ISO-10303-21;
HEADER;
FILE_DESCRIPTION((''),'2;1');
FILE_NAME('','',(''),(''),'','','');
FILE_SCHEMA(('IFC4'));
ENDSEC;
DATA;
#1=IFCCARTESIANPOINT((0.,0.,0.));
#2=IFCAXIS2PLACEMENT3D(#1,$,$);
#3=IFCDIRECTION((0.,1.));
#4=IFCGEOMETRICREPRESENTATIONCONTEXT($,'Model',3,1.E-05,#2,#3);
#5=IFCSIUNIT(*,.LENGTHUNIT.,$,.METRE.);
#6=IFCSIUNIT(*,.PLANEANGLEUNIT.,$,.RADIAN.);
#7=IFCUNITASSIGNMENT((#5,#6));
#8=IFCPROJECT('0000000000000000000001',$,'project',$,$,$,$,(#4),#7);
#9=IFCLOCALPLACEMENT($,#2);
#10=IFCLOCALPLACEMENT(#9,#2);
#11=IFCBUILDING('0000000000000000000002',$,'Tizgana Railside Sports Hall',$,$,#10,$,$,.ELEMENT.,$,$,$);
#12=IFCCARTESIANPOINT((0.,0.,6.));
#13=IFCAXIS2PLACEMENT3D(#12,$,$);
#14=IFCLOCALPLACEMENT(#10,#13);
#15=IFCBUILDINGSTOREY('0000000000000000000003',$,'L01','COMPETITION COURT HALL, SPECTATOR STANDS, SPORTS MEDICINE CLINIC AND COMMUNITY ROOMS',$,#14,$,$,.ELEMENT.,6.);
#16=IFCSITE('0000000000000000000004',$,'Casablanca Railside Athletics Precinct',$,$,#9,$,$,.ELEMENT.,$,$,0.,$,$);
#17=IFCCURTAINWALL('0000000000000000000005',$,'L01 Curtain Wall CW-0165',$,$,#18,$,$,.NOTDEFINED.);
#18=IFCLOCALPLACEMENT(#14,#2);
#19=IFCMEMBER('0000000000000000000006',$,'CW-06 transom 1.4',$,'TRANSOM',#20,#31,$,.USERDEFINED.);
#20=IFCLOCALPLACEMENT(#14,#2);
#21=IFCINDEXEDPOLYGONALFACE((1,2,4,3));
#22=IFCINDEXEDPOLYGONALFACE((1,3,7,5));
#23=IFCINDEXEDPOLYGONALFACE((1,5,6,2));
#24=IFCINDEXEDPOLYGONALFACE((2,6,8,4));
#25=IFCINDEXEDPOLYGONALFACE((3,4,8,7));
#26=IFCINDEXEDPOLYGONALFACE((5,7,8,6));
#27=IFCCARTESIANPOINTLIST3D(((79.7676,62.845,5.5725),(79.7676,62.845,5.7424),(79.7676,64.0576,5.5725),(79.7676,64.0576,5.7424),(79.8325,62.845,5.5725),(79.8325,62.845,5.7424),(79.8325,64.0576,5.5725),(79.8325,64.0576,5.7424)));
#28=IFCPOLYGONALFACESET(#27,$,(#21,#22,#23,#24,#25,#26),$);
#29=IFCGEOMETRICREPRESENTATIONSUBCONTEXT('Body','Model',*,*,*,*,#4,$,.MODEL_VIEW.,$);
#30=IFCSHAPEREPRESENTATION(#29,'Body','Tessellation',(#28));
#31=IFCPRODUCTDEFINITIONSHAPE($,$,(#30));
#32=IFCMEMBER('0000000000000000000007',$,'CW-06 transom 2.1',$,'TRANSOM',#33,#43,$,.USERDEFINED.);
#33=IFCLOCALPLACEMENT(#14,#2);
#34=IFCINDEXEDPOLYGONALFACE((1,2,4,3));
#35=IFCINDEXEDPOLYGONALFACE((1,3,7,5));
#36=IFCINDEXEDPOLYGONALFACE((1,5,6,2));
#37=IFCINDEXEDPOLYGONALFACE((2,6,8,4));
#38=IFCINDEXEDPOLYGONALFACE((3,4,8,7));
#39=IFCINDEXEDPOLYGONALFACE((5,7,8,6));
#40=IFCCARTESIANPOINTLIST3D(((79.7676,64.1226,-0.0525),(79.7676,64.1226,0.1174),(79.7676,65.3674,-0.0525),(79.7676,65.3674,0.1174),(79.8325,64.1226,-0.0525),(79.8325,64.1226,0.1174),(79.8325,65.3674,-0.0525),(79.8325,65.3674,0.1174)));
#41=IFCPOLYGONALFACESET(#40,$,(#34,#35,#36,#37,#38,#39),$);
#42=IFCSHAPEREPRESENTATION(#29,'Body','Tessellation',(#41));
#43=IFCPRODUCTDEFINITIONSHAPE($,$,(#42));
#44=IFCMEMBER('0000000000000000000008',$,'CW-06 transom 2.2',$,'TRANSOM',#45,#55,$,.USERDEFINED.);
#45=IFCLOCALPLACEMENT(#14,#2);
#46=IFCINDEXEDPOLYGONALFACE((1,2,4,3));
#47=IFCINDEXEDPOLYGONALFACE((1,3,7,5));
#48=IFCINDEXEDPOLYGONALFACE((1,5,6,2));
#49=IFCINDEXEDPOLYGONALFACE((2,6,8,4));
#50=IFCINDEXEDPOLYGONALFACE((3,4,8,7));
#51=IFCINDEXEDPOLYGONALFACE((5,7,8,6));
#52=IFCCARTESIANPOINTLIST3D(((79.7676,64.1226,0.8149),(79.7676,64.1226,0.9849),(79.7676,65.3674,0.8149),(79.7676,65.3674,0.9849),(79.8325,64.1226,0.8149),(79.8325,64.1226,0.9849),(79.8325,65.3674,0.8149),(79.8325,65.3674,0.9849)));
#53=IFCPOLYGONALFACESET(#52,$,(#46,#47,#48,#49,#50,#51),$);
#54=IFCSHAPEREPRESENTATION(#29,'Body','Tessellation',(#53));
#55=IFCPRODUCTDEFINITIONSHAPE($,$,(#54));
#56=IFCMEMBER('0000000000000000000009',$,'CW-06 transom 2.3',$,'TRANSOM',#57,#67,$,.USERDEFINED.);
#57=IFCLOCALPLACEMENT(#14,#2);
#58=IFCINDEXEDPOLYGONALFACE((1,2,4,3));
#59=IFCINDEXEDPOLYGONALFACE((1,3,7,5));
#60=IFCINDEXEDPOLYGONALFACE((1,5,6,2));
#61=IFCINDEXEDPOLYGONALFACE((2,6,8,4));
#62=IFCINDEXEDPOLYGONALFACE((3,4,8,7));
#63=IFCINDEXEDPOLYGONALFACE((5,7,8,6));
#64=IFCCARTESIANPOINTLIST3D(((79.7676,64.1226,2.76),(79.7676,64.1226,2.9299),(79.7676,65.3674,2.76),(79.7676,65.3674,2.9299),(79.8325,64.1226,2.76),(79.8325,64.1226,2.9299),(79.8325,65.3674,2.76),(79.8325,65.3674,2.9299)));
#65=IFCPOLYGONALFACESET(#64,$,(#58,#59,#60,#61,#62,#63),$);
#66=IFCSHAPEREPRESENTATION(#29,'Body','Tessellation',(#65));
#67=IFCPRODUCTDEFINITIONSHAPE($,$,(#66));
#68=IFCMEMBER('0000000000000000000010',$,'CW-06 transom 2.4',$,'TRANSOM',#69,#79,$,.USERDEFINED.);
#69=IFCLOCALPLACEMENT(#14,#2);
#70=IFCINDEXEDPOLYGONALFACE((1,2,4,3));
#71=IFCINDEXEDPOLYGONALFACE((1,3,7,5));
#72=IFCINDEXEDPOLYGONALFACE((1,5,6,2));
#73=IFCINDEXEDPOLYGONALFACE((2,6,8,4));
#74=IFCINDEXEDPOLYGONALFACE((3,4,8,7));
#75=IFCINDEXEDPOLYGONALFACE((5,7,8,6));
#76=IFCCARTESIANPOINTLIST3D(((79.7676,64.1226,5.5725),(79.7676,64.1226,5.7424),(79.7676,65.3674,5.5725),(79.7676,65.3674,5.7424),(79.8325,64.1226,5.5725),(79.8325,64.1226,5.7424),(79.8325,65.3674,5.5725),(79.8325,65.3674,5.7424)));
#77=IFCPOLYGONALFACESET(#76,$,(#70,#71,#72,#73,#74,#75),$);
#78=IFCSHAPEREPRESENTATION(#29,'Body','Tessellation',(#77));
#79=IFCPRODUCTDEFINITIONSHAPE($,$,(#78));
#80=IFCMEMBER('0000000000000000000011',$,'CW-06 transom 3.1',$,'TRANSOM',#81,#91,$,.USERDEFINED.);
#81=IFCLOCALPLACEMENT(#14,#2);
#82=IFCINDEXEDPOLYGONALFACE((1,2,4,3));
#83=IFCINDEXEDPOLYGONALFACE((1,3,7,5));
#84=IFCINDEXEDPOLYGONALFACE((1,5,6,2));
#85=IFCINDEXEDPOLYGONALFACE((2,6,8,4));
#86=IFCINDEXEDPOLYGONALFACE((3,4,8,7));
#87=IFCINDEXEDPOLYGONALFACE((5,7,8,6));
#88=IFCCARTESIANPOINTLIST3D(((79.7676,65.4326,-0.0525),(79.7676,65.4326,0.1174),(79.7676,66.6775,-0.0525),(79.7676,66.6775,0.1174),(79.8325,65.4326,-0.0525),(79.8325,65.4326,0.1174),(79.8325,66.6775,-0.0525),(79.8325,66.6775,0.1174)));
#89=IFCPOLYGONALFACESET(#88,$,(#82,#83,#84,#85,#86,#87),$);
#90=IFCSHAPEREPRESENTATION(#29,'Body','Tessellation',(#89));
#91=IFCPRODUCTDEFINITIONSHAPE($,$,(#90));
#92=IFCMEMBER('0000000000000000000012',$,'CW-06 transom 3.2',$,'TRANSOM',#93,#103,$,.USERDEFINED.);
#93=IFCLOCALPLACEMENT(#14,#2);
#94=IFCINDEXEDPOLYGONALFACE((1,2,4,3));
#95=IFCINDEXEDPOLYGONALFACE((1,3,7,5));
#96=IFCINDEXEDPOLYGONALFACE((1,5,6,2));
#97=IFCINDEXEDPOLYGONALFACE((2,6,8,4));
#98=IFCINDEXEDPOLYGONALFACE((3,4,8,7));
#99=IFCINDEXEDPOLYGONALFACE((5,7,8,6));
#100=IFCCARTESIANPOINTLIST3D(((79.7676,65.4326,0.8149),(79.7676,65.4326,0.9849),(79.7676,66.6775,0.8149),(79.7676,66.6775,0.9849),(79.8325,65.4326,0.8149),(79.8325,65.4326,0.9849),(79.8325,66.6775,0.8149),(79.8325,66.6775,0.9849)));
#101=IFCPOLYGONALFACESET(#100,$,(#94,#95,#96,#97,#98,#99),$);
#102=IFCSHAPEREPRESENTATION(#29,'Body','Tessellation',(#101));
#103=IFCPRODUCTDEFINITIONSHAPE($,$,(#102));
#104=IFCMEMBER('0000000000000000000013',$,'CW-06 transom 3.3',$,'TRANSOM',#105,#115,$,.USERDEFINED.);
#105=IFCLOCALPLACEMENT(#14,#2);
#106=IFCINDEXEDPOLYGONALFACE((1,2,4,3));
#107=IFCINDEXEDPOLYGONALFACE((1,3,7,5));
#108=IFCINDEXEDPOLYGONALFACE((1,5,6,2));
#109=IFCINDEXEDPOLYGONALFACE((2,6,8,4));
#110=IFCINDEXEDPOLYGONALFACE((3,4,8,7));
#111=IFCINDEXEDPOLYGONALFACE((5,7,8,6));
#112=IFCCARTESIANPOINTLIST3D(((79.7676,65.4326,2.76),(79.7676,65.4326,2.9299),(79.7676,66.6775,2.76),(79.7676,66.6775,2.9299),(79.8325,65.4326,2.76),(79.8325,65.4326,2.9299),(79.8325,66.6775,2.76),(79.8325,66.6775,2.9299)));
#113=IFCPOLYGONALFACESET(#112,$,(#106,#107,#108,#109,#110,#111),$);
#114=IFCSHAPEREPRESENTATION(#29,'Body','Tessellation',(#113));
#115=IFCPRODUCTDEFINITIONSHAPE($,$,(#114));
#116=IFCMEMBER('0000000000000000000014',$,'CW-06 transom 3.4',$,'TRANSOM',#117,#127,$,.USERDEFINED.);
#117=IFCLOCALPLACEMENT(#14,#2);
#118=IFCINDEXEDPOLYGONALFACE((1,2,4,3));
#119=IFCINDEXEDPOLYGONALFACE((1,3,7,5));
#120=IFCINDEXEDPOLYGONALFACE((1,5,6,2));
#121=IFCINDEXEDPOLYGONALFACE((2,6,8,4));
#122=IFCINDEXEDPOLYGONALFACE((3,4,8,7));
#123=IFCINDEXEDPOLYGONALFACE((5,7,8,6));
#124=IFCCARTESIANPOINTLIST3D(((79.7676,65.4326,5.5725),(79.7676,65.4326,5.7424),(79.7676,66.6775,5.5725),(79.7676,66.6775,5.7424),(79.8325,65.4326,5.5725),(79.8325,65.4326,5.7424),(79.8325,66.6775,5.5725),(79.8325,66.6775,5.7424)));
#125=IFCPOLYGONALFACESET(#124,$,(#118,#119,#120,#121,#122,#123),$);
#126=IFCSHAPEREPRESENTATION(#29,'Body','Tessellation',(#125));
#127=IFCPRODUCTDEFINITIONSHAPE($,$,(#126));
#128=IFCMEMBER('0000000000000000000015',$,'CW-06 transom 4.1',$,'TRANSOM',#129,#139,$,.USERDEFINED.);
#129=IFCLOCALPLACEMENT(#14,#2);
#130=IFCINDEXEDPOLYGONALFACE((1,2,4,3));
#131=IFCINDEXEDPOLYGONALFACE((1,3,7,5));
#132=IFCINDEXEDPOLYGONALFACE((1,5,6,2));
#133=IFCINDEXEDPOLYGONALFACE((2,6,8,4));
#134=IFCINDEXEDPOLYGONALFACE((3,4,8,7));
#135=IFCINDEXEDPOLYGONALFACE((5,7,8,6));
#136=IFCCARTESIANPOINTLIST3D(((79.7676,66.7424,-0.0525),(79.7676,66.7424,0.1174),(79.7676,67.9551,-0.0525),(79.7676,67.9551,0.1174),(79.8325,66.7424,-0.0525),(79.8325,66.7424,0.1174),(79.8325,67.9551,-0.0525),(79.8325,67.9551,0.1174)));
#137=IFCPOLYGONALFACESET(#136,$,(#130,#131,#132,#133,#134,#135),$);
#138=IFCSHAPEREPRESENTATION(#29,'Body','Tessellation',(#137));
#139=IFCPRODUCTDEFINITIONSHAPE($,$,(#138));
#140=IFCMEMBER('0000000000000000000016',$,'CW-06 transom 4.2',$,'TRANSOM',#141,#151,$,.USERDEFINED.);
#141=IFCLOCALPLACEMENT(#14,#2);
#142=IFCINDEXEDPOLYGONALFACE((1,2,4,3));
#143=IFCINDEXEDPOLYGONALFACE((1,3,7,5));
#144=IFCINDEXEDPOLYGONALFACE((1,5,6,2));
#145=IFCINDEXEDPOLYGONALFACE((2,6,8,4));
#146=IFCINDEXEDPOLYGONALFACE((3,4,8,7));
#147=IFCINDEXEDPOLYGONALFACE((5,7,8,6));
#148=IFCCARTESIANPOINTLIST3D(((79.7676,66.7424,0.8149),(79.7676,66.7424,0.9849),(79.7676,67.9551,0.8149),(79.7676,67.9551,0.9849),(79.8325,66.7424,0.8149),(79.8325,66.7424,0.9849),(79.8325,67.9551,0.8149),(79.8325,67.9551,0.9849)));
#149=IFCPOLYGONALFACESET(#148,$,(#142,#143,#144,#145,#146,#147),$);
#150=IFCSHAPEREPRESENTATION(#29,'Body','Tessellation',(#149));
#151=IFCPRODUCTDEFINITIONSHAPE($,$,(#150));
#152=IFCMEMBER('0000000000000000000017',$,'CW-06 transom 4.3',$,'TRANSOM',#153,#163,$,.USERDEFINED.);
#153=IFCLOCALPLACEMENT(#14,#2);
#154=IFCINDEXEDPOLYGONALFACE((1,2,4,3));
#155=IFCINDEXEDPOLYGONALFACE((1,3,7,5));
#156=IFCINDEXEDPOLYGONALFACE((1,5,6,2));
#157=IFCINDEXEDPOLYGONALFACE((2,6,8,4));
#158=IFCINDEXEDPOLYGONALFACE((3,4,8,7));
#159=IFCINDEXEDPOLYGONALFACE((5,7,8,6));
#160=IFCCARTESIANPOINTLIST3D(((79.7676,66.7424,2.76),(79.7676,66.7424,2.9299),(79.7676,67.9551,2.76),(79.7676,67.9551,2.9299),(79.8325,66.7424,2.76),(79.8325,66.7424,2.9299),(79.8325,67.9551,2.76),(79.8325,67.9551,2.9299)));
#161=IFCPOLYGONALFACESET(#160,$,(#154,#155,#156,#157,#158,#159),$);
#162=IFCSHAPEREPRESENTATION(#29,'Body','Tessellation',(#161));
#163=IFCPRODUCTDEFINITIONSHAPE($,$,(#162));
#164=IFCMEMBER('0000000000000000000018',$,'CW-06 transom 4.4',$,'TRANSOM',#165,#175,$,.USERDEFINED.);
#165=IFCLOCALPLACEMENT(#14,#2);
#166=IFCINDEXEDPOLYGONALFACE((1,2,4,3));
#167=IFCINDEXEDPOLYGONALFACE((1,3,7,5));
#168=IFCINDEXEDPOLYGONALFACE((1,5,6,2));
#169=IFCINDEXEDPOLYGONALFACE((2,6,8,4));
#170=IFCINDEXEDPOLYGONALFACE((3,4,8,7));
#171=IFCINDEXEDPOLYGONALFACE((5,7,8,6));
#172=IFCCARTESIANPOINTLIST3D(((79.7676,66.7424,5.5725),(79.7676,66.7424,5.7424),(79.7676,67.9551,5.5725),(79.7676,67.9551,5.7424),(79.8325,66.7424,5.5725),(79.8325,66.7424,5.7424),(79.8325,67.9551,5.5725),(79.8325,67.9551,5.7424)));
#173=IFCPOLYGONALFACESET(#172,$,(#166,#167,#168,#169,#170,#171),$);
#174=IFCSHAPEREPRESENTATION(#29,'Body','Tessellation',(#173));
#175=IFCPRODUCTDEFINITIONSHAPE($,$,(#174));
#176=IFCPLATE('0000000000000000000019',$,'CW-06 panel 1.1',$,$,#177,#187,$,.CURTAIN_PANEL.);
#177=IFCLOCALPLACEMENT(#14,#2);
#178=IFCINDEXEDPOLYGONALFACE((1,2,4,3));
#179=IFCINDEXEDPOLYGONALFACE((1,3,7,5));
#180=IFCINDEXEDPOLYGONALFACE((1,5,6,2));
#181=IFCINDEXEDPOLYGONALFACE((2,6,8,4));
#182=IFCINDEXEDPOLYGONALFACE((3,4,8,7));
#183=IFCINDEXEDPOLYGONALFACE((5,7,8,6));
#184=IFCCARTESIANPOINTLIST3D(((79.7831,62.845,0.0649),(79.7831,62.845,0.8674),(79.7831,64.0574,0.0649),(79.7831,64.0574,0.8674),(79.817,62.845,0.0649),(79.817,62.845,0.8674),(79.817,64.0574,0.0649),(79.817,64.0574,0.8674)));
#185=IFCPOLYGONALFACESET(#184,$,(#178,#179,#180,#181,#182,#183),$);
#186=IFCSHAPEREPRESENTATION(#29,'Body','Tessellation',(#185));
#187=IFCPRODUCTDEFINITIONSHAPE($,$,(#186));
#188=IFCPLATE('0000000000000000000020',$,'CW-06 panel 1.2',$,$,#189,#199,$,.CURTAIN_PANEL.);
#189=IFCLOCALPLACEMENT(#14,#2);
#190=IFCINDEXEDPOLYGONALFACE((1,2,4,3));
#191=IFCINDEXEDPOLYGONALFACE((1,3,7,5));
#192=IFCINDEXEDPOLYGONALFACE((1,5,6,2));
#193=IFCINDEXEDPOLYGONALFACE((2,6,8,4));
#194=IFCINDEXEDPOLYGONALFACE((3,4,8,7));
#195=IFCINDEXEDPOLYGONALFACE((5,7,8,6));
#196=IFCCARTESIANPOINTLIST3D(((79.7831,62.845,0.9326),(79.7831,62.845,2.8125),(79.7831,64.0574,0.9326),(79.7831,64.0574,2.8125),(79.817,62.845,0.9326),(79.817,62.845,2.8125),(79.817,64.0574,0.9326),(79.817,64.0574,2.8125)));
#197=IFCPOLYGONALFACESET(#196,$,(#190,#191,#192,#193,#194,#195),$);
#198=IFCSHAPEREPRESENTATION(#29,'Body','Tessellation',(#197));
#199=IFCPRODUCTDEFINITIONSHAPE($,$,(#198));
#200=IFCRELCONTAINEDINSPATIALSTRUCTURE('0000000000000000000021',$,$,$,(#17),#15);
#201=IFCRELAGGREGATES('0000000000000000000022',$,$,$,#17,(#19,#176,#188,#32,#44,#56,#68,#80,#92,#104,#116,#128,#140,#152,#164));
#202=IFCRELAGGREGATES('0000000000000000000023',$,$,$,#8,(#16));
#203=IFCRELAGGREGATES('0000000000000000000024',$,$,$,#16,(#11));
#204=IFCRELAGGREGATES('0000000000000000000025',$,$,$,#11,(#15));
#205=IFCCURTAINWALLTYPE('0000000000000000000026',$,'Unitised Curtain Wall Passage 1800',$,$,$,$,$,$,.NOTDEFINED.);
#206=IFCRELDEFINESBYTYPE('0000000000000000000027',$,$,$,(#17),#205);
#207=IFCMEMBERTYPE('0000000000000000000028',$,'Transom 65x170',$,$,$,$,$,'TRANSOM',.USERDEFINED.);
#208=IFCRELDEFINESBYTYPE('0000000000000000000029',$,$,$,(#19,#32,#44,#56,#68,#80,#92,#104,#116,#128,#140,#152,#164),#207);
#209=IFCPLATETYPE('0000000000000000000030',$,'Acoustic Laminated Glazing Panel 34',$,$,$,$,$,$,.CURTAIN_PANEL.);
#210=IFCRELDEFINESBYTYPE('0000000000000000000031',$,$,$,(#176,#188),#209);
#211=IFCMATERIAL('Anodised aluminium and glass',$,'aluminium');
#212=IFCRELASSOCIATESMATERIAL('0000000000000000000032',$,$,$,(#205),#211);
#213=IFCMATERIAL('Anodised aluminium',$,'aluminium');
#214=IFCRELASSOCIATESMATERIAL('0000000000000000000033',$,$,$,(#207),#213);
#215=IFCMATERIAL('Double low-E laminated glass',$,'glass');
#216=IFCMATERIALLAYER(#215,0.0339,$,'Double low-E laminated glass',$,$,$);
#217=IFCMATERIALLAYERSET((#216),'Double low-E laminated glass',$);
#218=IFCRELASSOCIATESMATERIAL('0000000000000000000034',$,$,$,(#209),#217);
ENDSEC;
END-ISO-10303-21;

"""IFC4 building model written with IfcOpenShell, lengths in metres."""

from ifc_helpers import new_model, si_unit, direction, frame, origin, origin_2d, place, context, subcontext, project, spatial, rectangle, extrude, material, layer, layer_set, material_profile, profile_set, type_object, element, aggregate, save


model = new_model("IFC4")

# Units and contexts
model_context = context("Model", 3, precision=1e-05, world=origin(), true_north=direction((0.0, 1.0)))
body_context = subcontext(model_context, "Body", "Model", "MODEL_VIEW")
ifc_project = project(units=[si_unit("LENGTHUNIT", "METRE"), si_unit("PLANEANGLEUNIT", "RADIAN")], contexts=[model_context])

# Site, building, storey
site_placement = place(None, origin())
site = spatial("IfcSite", under=ifc_project, at=site_placement, Name="Casablanca Railside Athletics Precinct", CompositionType="ELEMENT", RefElevation=0.0)
building_placement = place(site_placement, origin())
building = spatial("IfcBuilding", under=site, at=building_placement, Name="Tizgana Railside Sports Hall", CompositionType="ELEMENT")
storey_placement = place(building_placement, frame((0.0, 0.0, 6.0)))
storey = spatial("IfcBuildingStorey", under=building, at=storey_placement, Name="L01", Description="COMPETITION COURT HALL, SPECTATOR STANDS, SPORTS MEDICINE CLINIC AND COMMUNITY ROOMS", CompositionType="ELEMENT", Elevation=6.0)

# Curtain wall
ifc_material_1 = material(Name="Anodised aluminium and glass", Category="aluminium")
curtain_wall_type = type_object("IfcCurtainWallType", Name="Unitised Curtain Wall Passage 1800", PredefinedType="NOTDEFINED", material=ifc_material_1)
curtain_wall_placement = place(storey_placement, origin())
curtain_wall = element("IfcCurtainWall", 1, at=curtain_wall_placement, inside=storey, type_object=curtain_wall_type, Name="L01 Curtain Wall CW-0165", PredefinedType="NOTDEFINED")
ifc_material_2 = material(Name="Anodised aluminium", Category="aluminium")

# Members
ifc_material_profile_1 = material_profile(ifc_material_2, rectangle(XDim=0.0649, YDim=0.1699, at=origin_2d()), Name="Transom 65x170")
ifc_profile_set_1 = profile_set([ifc_material_profile_1], Name="Anodised aluminium")
member_type_1 = type_object("IfcMemberType", Name="Transom 65x170", ElementType="TRANSOM", PredefinedType="USERDEFINED", material=ifc_profile_set_1)
member_1_placement = place(storey_placement, frame((79.8, 62.845, 5.6575), z_axis=(0.0, 1.0, 0.0), x_axis=(-1.0, 0.0, 0.0)))
member_1 = element("IfcMember", 2, at=member_1_placement, type_object=member_type_1, Name="CW-06 transom 1.4", ObjectType="TRANSOM", PredefinedType="USERDEFINED", context=body_context, shape_type="SweptSolid", body=[
    extrude(rectangle(XDim=0.0649, YDim=0.1699, at=origin_2d()), origin(), (0.0, 0.0, 1.0), 1.2126),
])
member_2_placement = place(storey_placement, frame((79.8, 64.1226, 0.0325), z_axis=(0.0, 1.0, 0.0), x_axis=(-1.0, 0.0, 0.0)))
member_2 = element("IfcMember", 3, at=member_2_placement, type_object=member_type_1, Name="CW-06 transom 2.1", ObjectType="TRANSOM", PredefinedType="USERDEFINED", context=body_context, shape_type="SweptSolid", body=[
    extrude(rectangle(XDim=0.0649, YDim=0.1699, at=origin_2d()), origin(), (0.0, 0.0, 1.0), 1.2449),
])
member_3_placement = place(storey_placement, frame((79.8, 64.1226, 0.8999), z_axis=(0.0, 1.0, 0.0), x_axis=(-1.0, 0.0, 0.0)))
member_3 = element("IfcMember", 4, at=member_3_placement, type_object=member_type_1, Name="CW-06 transom 2.2", ObjectType="TRANSOM", PredefinedType="USERDEFINED", context=body_context, shape_type="SweptSolid", body=[
    extrude(rectangle(XDim=0.0649, YDim=0.1699, at=origin_2d()), origin(), (0.0, 0.0, 1.0), 1.2449),
])
member_4_placement = place(storey_placement, frame((79.8, 64.1226, 2.845), z_axis=(0.0, 1.0, 0.0), x_axis=(-1.0, 0.0, 0.0)))
member_4 = element("IfcMember", 5, at=member_4_placement, type_object=member_type_1, Name="CW-06 transom 2.3", ObjectType="TRANSOM", PredefinedType="USERDEFINED", context=body_context, shape_type="SweptSolid", body=[
    extrude(rectangle(XDim=0.0649, YDim=0.1699, at=origin_2d()), origin(), (0.0, 0.0, 1.0), 1.2449),
])
member_5_placement = place(storey_placement, frame((79.8, 64.1226, 5.6575), z_axis=(0.0, 1.0, 0.0), x_axis=(-1.0, 0.0, 0.0)))
member_5 = element("IfcMember", 6, at=member_5_placement, type_object=member_type_1, Name="CW-06 transom 2.4", ObjectType="TRANSOM", PredefinedType="USERDEFINED", context=body_context, shape_type="SweptSolid", body=[
    extrude(rectangle(XDim=0.0649, YDim=0.1699, at=origin_2d()), origin(), (0.0, 0.0, 1.0), 1.2449),
])
member_6_placement = place(storey_placement, frame((79.8, 65.4326, 0.0325), z_axis=(0.0, 1.0, 0.0), x_axis=(-1.0, 0.0, 0.0)))
member_6 = element("IfcMember", 7, at=member_6_placement, type_object=member_type_1, Name="CW-06 transom 3.1", ObjectType="TRANSOM", PredefinedType="USERDEFINED", context=body_context, shape_type="SweptSolid", body=[
    extrude(rectangle(XDim=0.0649, YDim=0.1699, at=origin_2d()), origin(), (0.0, 0.0, 1.0), 1.2449),
])
member_7_placement = place(storey_placement, frame((79.8, 65.4326, 0.8999), z_axis=(0.0, 1.0, 0.0), x_axis=(-1.0, 0.0, 0.0)))
member_7 = element("IfcMember", 8, at=member_7_placement, type_object=member_type_1, Name="CW-06 transom 3.2", ObjectType="TRANSOM", PredefinedType="USERDEFINED", context=body_context, shape_type="SweptSolid", body=[
    extrude(rectangle(XDim=0.0649, YDim=0.1699, at=origin_2d()), origin(), (0.0, 0.0, 1.0), 1.2449),
])
member_8_placement = place(storey_placement, frame((79.8, 65.4326, 2.845), z_axis=(0.0, 1.0, 0.0), x_axis=(-1.0, 0.0, 0.0)))
member_8 = element("IfcMember", 9, at=member_8_placement, type_object=member_type_1, Name="CW-06 transom 3.3", ObjectType="TRANSOM", PredefinedType="USERDEFINED", context=body_context, shape_type="SweptSolid", body=[
    extrude(rectangle(XDim=0.0649, YDim=0.1699, at=origin_2d()), origin(), (0.0, 0.0, 1.0), 1.2449),
])
member_9_placement = place(storey_placement, frame((79.8, 65.4326, 5.6575), z_axis=(0.0, 1.0, 0.0), x_axis=(-1.0, 0.0, 0.0)))
member_9 = element("IfcMember", 10, at=member_9_placement, type_object=member_type_1, Name="CW-06 transom 3.4", ObjectType="TRANSOM", PredefinedType="USERDEFINED", context=body_context, shape_type="SweptSolid", body=[
    extrude(rectangle(XDim=0.0649, YDim=0.1699, at=origin_2d()), origin(), (0.0, 0.0, 1.0), 1.2449),
])
member_10_placement = place(storey_placement, frame((79.8, 66.7424, 0.0325), z_axis=(0.0, 1.0, 0.0), x_axis=(-1.0, 0.0, 0.0)))
member_10 = element("IfcMember", 11, at=member_10_placement, type_object=member_type_1, Name="CW-06 transom 4.1", ObjectType="TRANSOM", PredefinedType="USERDEFINED", context=body_context, shape_type="SweptSolid", body=[
    extrude(rectangle(XDim=0.0649, YDim=0.1699, at=origin_2d()), origin(), (0.0, 0.0, 1.0), 1.2126),
])
member_11_placement = place(storey_placement, frame((79.8, 66.7424, 0.8999), z_axis=(0.0, 1.0, 0.0), x_axis=(-1.0, 0.0, 0.0)))
member_11 = element("IfcMember", 12, at=member_11_placement, type_object=member_type_1, Name="CW-06 transom 4.2", ObjectType="TRANSOM", PredefinedType="USERDEFINED", context=body_context, shape_type="SweptSolid", body=[
    extrude(rectangle(XDim=0.0649, YDim=0.1699, at=origin_2d()), origin(), (0.0, 0.0, 1.0), 1.2126),
])
member_12_placement = place(storey_placement, frame((79.8, 66.7424, 2.845), z_axis=(0.0, 1.0, 0.0), x_axis=(-1.0, 0.0, 0.0)))
member_12 = element("IfcMember", 13, at=member_12_placement, type_object=member_type_1, Name="CW-06 transom 4.3", ObjectType="TRANSOM", PredefinedType="USERDEFINED", context=body_context, shape_type="SweptSolid", body=[
    extrude(rectangle(XDim=0.0649, YDim=0.1699, at=origin_2d()), origin(), (0.0, 0.0, 1.0), 1.2126),
])
member_13_placement = place(storey_placement, frame((79.8, 66.7424, 5.6575), z_axis=(0.0, 1.0, 0.0), x_axis=(-1.0, 0.0, 0.0)))
member_13 = element("IfcMember", 14, at=member_13_placement, type_object=member_type_1, Name="CW-06 transom 4.4", ObjectType="TRANSOM", PredefinedType="USERDEFINED", context=body_context, shape_type="SweptSolid", body=[
    extrude(rectangle(XDim=0.0649, YDim=0.1699, at=origin_2d()), origin(), (0.0, 0.0, 1.0), 1.2126),
])

# Plates
ifc_material_3 = material(Name="Double low-E laminated glass", Category="glass")
ifc_layer = layer(ifc_material_3, 0.0339, Name="Double low-E laminated glass")
ifc_layer_set = layer_set([ifc_layer], Name="Double low-E laminated glass")
plate_type = type_object("IfcPlateType", Name="Acoustic Laminated Glazing Panel 34", PredefinedType="CURTAIN_PANEL", material=ifc_layer_set)
plate_1_placement = place(storey_placement, frame((79.8, 63.4512, 0.0649), z_axis=(0.0, 0.0, 1.0), x_axis=(0.0, 1.0, 0.0)))
plate_1 = element("IfcPlate", 15, at=plate_1_placement, type_object=plate_type, Name="CW-06 panel 1.1", PredefinedType="CURTAIN_PANEL", context=body_context, shape_type="SweptSolid", body=[
    extrude(rectangle(XDim=1.2124, YDim=0.0339, at=origin_2d()), origin(), (0.0, 0.0, 1.0), 0.8025),
])
plate_2_placement = place(storey_placement, frame((79.8, 63.4512, 0.9326), z_axis=(0.0, 0.0, 1.0), x_axis=(0.0, 1.0, 0.0)))
plate_2 = element("IfcPlate", 16, at=plate_2_placement, type_object=plate_type, Name="CW-06 panel 1.2", PredefinedType="CURTAIN_PANEL", context=body_context, shape_type="SweptSolid", body=[
    extrude(rectangle(XDim=1.2124, YDim=0.0339, at=origin_2d()), origin(), (0.0, 0.0, 1.0), 1.8799),
])
aggregate(curtain_wall, [member_1, plate_1, plate_2, member_2, member_3, member_4, member_5, member_6, member_7, member_8, member_9, member_10, member_11, member_12, member_13])

save(model, "model.ifc")
